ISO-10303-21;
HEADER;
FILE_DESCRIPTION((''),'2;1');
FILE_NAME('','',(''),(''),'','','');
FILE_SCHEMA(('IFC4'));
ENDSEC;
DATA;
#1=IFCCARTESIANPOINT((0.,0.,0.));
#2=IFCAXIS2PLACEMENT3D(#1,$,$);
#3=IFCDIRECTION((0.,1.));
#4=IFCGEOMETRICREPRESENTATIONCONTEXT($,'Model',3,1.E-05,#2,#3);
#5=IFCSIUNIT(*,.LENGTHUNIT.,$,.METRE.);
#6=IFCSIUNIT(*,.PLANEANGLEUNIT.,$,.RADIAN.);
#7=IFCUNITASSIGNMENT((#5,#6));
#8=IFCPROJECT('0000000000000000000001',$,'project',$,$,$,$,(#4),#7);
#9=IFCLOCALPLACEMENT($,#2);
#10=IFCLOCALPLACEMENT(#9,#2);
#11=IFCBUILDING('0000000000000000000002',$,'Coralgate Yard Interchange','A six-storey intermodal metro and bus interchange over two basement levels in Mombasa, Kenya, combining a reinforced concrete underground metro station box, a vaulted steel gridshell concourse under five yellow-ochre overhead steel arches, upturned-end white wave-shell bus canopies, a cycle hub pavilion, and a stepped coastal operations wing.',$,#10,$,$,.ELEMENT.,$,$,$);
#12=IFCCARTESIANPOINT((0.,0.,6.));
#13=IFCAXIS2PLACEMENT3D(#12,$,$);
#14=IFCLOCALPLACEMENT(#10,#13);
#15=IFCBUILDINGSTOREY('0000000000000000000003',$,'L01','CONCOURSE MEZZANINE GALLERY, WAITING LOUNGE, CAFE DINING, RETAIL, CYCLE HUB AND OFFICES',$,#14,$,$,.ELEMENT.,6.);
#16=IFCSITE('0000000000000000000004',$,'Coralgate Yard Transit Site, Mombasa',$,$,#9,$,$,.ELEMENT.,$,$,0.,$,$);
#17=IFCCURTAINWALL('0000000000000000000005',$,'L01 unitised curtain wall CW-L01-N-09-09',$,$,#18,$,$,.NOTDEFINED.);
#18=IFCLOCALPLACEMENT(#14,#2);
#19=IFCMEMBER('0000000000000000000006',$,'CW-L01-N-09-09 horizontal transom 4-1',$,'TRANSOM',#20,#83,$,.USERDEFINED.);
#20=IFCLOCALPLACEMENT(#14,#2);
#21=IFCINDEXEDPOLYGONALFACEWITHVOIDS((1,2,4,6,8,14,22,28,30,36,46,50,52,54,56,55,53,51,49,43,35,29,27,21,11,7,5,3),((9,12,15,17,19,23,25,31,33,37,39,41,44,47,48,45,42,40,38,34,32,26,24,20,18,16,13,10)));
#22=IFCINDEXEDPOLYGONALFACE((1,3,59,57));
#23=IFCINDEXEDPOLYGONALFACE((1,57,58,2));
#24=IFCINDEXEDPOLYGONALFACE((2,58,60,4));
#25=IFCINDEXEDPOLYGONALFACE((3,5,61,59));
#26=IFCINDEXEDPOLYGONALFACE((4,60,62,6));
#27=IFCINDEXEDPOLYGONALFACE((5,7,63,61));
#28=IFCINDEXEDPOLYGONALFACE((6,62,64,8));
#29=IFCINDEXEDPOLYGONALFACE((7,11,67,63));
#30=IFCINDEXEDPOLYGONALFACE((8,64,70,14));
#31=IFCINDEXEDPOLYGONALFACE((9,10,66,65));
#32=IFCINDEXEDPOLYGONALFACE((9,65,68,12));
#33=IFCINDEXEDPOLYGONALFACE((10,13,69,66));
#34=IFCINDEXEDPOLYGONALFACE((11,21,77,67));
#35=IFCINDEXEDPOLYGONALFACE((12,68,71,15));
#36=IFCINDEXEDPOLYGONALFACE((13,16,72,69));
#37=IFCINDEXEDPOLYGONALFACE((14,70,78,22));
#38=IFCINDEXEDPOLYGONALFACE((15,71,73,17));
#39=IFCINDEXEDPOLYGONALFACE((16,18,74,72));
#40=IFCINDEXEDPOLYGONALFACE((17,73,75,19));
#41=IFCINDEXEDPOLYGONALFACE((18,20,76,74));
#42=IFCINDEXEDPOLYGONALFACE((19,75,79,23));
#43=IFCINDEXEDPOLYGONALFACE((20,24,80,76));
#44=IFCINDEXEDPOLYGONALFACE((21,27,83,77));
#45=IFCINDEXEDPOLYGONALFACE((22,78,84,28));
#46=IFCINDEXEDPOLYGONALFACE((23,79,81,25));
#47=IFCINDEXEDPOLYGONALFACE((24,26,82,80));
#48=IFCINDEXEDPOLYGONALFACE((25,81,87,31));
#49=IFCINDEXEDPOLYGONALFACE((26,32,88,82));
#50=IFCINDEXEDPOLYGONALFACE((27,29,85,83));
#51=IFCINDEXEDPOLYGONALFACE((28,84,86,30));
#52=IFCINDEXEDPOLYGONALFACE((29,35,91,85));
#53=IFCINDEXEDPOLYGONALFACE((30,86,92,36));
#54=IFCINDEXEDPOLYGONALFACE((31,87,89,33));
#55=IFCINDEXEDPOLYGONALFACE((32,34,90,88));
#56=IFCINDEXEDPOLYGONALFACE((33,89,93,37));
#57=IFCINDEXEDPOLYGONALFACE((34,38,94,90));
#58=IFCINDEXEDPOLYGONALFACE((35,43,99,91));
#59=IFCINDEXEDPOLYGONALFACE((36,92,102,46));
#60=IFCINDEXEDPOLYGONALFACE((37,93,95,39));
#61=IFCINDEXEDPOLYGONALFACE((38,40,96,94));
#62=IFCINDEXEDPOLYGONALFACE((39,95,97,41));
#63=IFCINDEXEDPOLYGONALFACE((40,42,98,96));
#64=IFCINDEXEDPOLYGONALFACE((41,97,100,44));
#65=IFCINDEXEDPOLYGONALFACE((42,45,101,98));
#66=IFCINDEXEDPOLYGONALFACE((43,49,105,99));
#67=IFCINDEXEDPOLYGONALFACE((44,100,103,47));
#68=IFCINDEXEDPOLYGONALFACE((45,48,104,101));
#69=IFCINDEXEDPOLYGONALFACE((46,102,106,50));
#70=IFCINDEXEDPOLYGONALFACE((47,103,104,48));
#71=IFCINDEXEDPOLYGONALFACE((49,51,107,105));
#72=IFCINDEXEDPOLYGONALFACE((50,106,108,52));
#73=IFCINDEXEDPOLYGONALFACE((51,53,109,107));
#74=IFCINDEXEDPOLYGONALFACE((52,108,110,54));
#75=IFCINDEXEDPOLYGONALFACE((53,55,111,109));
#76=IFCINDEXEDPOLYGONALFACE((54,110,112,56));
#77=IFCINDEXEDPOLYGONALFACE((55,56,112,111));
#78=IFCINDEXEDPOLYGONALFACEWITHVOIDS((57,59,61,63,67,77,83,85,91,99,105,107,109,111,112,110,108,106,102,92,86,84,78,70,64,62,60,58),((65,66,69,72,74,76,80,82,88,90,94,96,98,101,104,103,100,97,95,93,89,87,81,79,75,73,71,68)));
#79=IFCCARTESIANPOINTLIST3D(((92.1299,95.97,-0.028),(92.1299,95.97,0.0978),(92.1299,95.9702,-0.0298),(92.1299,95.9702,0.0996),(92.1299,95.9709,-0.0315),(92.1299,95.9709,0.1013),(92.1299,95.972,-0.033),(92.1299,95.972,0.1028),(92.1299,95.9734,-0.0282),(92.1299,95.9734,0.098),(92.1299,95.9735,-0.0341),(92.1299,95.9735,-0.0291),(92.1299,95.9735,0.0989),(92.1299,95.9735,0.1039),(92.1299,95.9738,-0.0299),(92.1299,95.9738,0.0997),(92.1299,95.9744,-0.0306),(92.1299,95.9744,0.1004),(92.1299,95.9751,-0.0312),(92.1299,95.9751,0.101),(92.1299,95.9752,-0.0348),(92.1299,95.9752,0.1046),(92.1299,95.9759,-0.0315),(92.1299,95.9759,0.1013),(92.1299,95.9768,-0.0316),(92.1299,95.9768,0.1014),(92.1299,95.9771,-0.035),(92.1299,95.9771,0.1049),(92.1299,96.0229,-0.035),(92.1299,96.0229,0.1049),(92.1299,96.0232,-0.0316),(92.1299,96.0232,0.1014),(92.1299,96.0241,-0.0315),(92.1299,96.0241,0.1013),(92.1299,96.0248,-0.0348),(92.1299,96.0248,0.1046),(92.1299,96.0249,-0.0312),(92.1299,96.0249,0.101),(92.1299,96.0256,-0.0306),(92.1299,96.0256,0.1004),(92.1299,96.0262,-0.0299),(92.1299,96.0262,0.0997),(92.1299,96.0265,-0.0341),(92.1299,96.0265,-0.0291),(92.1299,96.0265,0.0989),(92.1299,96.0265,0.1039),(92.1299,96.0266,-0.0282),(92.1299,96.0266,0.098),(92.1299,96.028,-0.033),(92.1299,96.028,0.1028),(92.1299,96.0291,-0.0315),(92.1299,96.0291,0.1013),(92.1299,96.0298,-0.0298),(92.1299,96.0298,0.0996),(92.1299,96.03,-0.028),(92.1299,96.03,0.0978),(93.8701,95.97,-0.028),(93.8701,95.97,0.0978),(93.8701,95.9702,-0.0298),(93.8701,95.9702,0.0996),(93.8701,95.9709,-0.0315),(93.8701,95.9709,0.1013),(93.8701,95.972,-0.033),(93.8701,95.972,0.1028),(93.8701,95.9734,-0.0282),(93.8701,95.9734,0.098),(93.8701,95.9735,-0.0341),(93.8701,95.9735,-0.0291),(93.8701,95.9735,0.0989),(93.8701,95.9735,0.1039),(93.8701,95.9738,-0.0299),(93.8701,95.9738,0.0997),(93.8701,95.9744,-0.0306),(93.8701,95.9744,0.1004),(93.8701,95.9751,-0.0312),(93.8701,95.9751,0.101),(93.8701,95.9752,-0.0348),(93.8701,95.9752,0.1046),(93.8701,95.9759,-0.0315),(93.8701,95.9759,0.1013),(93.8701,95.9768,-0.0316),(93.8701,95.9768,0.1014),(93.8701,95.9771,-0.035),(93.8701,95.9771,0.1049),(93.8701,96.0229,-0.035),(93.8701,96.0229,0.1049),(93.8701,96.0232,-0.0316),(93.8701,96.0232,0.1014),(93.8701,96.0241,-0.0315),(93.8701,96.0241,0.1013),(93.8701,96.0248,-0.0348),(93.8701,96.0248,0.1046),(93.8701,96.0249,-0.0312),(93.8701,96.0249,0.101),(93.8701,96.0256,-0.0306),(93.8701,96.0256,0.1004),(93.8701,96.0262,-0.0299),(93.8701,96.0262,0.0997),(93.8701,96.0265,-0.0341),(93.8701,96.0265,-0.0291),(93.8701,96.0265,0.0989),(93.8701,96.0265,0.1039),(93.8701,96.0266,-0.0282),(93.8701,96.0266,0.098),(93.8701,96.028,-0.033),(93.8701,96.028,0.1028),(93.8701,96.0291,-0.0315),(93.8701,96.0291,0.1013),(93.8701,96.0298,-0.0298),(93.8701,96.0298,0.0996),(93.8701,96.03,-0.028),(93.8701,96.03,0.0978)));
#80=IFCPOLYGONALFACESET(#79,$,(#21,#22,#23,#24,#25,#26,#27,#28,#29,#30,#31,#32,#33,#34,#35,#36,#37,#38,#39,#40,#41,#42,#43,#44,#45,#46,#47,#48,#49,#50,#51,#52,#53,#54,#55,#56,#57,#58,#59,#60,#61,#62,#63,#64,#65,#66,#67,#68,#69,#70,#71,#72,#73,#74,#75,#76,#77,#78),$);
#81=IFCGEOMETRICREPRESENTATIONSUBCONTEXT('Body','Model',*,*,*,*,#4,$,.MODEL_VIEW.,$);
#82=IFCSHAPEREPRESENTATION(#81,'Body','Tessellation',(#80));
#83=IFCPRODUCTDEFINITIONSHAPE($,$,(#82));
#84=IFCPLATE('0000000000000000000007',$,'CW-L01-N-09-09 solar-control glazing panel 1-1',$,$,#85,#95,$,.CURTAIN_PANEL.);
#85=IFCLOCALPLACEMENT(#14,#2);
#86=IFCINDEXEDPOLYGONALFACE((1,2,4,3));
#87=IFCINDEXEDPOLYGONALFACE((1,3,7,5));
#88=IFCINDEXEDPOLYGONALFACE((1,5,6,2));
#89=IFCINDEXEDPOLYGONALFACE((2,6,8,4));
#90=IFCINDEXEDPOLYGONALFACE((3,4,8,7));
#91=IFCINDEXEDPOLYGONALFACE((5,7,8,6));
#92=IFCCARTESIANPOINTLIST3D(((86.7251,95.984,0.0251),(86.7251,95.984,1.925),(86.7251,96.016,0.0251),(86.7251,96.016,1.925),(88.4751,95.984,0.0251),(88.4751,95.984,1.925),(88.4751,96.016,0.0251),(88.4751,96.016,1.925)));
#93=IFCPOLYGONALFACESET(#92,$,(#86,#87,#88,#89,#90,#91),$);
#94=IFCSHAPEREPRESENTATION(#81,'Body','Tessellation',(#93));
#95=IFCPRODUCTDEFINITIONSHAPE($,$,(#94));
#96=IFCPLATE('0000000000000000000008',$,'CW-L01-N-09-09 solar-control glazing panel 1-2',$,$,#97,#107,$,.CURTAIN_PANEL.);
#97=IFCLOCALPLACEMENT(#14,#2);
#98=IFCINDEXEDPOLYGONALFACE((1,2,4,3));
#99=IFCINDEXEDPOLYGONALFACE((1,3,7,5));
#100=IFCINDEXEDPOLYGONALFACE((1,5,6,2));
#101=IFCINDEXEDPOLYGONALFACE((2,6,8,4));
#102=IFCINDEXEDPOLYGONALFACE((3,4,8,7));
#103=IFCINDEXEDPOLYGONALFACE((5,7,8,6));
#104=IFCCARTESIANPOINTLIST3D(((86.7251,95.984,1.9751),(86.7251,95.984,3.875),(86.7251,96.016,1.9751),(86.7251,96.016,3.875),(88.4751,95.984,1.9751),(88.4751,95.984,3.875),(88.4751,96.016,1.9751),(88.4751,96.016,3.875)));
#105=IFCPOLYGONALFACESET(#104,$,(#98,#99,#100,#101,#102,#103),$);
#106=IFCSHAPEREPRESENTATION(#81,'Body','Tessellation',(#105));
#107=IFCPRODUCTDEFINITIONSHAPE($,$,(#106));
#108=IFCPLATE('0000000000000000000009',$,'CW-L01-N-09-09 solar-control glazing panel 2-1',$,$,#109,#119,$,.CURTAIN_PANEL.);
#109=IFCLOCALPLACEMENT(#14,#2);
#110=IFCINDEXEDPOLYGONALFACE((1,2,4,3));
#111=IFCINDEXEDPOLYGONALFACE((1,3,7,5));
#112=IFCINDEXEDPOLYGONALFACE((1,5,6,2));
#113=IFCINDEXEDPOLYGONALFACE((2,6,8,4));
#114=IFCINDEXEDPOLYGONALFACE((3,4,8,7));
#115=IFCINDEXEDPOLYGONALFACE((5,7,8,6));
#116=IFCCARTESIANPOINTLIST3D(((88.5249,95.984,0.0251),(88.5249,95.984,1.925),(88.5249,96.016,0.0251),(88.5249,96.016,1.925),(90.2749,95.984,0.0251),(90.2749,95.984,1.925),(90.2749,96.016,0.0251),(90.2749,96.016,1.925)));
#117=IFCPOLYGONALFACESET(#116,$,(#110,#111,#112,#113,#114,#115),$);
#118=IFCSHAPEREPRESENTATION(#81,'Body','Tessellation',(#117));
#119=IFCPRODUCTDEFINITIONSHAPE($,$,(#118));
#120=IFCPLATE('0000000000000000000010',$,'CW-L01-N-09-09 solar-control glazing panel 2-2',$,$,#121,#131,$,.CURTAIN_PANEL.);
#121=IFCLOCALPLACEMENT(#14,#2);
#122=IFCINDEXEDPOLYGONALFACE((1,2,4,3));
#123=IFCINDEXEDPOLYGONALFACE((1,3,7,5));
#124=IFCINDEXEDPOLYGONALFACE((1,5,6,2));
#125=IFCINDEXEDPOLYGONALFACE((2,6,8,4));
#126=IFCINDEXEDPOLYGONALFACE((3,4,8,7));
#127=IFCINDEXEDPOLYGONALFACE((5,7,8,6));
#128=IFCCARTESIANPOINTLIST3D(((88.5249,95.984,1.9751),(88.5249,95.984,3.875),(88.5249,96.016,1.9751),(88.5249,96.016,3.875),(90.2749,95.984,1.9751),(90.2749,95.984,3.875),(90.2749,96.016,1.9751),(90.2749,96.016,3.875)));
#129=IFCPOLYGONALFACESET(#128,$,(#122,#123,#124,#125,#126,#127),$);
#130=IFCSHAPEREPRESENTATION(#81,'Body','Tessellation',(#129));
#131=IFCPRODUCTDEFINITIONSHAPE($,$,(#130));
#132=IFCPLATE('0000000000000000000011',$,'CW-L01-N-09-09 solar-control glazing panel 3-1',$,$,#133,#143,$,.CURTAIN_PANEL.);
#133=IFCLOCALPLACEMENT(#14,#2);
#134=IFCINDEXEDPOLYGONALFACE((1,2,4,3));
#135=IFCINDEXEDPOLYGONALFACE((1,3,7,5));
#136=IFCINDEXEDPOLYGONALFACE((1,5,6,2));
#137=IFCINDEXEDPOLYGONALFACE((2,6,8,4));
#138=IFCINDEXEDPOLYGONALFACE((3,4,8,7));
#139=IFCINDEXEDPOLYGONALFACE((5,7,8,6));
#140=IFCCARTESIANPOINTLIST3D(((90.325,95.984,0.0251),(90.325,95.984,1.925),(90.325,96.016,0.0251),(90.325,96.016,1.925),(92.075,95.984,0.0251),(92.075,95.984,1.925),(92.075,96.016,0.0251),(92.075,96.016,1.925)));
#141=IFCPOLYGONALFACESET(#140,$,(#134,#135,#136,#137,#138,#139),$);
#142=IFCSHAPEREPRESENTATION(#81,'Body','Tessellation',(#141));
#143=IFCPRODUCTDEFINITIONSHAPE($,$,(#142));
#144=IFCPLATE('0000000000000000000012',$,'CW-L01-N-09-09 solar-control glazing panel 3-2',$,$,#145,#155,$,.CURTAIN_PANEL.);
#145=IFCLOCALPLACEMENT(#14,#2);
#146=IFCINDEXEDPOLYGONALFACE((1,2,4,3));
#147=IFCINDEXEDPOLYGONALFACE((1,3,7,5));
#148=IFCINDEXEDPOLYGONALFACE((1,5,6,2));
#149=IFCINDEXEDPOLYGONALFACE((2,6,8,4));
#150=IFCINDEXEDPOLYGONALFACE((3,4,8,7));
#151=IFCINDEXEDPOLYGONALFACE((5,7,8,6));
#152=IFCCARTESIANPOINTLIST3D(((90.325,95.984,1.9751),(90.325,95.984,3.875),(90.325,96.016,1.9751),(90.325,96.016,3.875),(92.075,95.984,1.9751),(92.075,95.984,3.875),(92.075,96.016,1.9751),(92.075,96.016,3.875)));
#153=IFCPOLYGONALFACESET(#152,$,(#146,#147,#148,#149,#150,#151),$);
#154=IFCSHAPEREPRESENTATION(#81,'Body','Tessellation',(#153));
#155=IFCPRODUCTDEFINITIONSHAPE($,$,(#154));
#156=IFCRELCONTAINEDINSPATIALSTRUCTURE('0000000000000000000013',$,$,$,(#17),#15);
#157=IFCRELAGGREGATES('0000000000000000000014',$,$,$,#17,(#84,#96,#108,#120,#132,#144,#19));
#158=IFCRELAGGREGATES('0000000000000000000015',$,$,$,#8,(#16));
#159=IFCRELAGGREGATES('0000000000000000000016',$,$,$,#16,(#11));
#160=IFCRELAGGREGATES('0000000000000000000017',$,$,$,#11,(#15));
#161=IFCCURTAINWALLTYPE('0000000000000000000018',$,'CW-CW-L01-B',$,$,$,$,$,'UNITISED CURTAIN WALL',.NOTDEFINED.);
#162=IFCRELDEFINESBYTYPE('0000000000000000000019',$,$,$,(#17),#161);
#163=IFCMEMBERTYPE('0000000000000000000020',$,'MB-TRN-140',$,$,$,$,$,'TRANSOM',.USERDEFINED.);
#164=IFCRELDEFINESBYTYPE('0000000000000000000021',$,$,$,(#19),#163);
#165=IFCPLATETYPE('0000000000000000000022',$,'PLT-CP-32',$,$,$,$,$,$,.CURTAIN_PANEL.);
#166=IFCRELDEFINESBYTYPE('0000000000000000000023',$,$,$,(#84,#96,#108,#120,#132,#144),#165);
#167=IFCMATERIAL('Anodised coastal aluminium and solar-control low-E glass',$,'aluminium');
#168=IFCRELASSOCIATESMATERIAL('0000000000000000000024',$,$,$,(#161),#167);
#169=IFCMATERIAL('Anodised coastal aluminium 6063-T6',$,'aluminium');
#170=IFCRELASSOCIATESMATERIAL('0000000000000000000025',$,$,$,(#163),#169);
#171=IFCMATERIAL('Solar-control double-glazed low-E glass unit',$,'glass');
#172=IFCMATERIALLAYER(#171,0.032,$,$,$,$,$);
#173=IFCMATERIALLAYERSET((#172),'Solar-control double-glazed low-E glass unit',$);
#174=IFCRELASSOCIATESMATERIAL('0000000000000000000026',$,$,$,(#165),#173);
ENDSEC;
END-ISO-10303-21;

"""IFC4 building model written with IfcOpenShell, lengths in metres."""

from ifc_helpers import new_model, si_unit, direction, frame, origin, origin_2d, place, context, subcontext, project, spatial, rectangle, hollow_rectangle, extrude, material, layer, layer_set, material_profile, profile_set, type_object, element, aggregate, save


model = new_model("IFC4")

# Units and contexts
model_context = context("Model", 3, precision=1e-05, world=origin(), true_north=direction((0.0, 1.0)))
body_context = subcontext(model_context, "Body", "Model", "MODEL_VIEW")
ifc_project = project(units=[si_unit("LENGTHUNIT", "METRE"), si_unit("PLANEANGLEUNIT", "RADIAN")], contexts=[model_context])

# Site, building, storey
site_placement = place(None, origin())
site = spatial("IfcSite", under=ifc_project, at=site_placement, Name="Coralgate Yard Transit Site, Mombasa", CompositionType="ELEMENT", RefElevation=0.0)
building_placement = place(site_placement, origin())
building = spatial("IfcBuilding", under=site, at=building_placement, Name="Coralgate Yard Interchange", Description="A six-storey intermodal metro and bus interchange over two basement levels in Mombasa, Kenya, combining a reinforced concrete underground metro station box, a vaulted steel gridshell concourse under five yellow-ochre overhead steel arches, upturned-end white wave-shell bus canopies, a cycle hub pavilion, and a stepped coastal operations wing.", CompositionType="ELEMENT")
storey_placement = place(building_placement, frame((0.0, 0.0, 6.0)))
storey = spatial("IfcBuildingStorey", under=building, at=storey_placement, Name="L01", Description="CONCOURSE MEZZANINE GALLERY, WAITING LOUNGE, CAFE DINING, RETAIL, CYCLE HUB AND OFFICES", CompositionType="ELEMENT", Elevation=6.0)

# Curtain wall
ifc_material_1 = material(Name="Anodised coastal aluminium and solar-control low-E glass", Category="aluminium")
curtain_wall_type = type_object("IfcCurtainWallType", Name="CW-CW-L01-B", ElementType="UNITISED CURTAIN WALL", PredefinedType="NOTDEFINED", material=ifc_material_1)
curtain_wall_placement = place(storey_placement, origin())
curtain_wall = element("IfcCurtainWall", 1, at=curtain_wall_placement, inside=storey, type_object=curtain_wall_type, Name="L01 unitised curtain wall CW-L01-N-09-09", PredefinedType="NOTDEFINED")
ifc_material_2 = material(Name="Anodised coastal aluminium 6063-T6", Category="aluminium")

# Member
ifc_material_profile_1 = material_profile(ifc_material_2, hollow_rectangle(XDim=0.0601, YDim=0.1399, WallThickness=0.0034, InnerFilletRadius=0.0034, OuterFilletRadius=0.0071, at=origin_2d()), Name="ALU 60x140x3.5")
ifc_profile_set_1 = profile_set([ifc_material_profile_1], Name="Anodised coastal aluminium 6063-T6")
member_type_1 = type_object("IfcMemberType", Name="MB-TRN-140", ElementType="TRANSOM", PredefinedType="USERDEFINED", material=ifc_profile_set_1)
member_1_placement = place(storey_placement, frame((92.1299, 96.0, 0.0349), z_axis=(1.0, 0.0, 0.0), x_axis=(0.0, 1.0, 0.0)))
member_1 = element("IfcMember", 2, at=member_1_placement, type_object=member_type_1, Name="CW-L01-N-09-09 horizontal transom 4-1", ObjectType="TRANSOM", PredefinedType="USERDEFINED", context=body_context, shape_type="SweptSolid", body=[
    extrude(hollow_rectangle(XDim=0.0601, YDim=0.1399, WallThickness=0.0034, InnerFilletRadius=0.0034, OuterFilletRadius=0.0071, at=origin_2d()), origin(), (0.0, 0.0, 1.0), 1.7402),
])

# Plates
ifc_material_3 = material(Name="Solar-control double-glazed low-E glass unit", Category="glass")
ifc_layer = layer(ifc_material_3, 0.032)
ifc_layer_set = layer_set([ifc_layer], Name="Solar-control double-glazed low-E glass unit")
plate_type = type_object("IfcPlateType", Name="PLT-CP-32", PredefinedType="CURTAIN_PANEL", material=ifc_layer_set)
plate_1_placement = place(storey_placement, frame((87.6001, 96.0, 0.0251), z_axis=(0.0, 0.0, 1.0), x_axis=(1.0, 0.0, 0.0)))
plate_1 = element("IfcPlate", 3, at=plate_1_placement, type_object=plate_type, Name="CW-L01-N-09-09 solar-control glazing panel 1-1", PredefinedType="CURTAIN_PANEL", context=body_context, shape_type="SweptSolid", body=[
    extrude(rectangle(XDim=1.75, YDim=0.032, at=origin_2d()), origin(), (0.0, 0.0, 1.0), 1.8999),
])
plate_2_placement = place(storey_placement, frame((87.6001, 96.0, 1.9751), z_axis=(0.0, 0.0, 1.0), x_axis=(1.0, 0.0, 0.0)))
plate_2 = element("IfcPlate", 4, at=plate_2_placement, type_object=plate_type, Name="CW-L01-N-09-09 solar-control glazing panel 1-2", PredefinedType="CURTAIN_PANEL", context=body_context, shape_type="SweptSolid", body=[
    extrude(rectangle(XDim=1.75, YDim=0.032, at=origin_2d()), origin(), (0.0, 0.0, 1.0), 1.8999),
])
plate_3_placement = place(storey_placement, frame((89.3999, 96.0, 0.0251), z_axis=(0.0, 0.0, 1.0), x_axis=(1.0, 0.0, 0.0)))
plate_3 = element("IfcPlate", 5, at=plate_3_placement, type_object=plate_type, Name="CW-L01-N-09-09 solar-control glazing panel 2-1", PredefinedType="CURTAIN_PANEL", context=body_context, shape_type="SweptSolid", body=[
    extrude(rectangle(XDim=1.75, YDim=0.032, at=origin_2d()), origin(), (0.0, 0.0, 1.0), 1.8999),
])
plate_4_placement = place(storey_placement, frame((89.3999, 96.0, 1.9751), z_axis=(0.0, 0.0, 1.0), x_axis=(1.0, 0.0, 0.0)))
plate_4 = element("IfcPlate", 6, at=plate_4_placement, type_object=plate_type, Name="CW-L01-N-09-09 solar-control glazing panel 2-2", PredefinedType="CURTAIN_PANEL", context=body_context, shape_type="SweptSolid", body=[
    extrude(rectangle(XDim=1.75, YDim=0.032, at=origin_2d()), origin(), (0.0, 0.0, 1.0), 1.8999),
])
plate_5_placement = place(storey_placement, frame((91.2, 96.0, 0.0251), z_axis=(0.0, 0.0, 1.0), x_axis=(1.0, 0.0, 0.0)))
plate_5 = element("IfcPlate", 7, at=plate_5_placement, type_object=plate_type, Name="CW-L01-N-09-09 solar-control glazing panel 3-1", PredefinedType="CURTAIN_PANEL", context=body_context, shape_type="SweptSolid", body=[
    extrude(rectangle(XDim=1.75, YDim=0.032, at=origin_2d()), origin(), (0.0, 0.0, 1.0), 1.8999),
])
plate_6_placement = place(storey_placement, frame((91.2, 96.0, 1.9751), z_axis=(0.0, 0.0, 1.0), x_axis=(1.0, 0.0, 0.0)))
plate_6 = element("IfcPlate", 8, at=plate_6_placement, type_object=plate_type, Name="CW-L01-N-09-09 solar-control glazing panel 3-2", PredefinedType="CURTAIN_PANEL", context=body_context, shape_type="SweptSolid", body=[
    extrude(rectangle(XDim=1.75, YDim=0.032, at=origin_2d()), origin(), (0.0, 0.0, 1.0), 1.8999),
])
aggregate(curtain_wall, [plate_1, plate_2, plate_3, plate_4, plate_5, plate_6, member_1])

save(model, "model.ifc")
